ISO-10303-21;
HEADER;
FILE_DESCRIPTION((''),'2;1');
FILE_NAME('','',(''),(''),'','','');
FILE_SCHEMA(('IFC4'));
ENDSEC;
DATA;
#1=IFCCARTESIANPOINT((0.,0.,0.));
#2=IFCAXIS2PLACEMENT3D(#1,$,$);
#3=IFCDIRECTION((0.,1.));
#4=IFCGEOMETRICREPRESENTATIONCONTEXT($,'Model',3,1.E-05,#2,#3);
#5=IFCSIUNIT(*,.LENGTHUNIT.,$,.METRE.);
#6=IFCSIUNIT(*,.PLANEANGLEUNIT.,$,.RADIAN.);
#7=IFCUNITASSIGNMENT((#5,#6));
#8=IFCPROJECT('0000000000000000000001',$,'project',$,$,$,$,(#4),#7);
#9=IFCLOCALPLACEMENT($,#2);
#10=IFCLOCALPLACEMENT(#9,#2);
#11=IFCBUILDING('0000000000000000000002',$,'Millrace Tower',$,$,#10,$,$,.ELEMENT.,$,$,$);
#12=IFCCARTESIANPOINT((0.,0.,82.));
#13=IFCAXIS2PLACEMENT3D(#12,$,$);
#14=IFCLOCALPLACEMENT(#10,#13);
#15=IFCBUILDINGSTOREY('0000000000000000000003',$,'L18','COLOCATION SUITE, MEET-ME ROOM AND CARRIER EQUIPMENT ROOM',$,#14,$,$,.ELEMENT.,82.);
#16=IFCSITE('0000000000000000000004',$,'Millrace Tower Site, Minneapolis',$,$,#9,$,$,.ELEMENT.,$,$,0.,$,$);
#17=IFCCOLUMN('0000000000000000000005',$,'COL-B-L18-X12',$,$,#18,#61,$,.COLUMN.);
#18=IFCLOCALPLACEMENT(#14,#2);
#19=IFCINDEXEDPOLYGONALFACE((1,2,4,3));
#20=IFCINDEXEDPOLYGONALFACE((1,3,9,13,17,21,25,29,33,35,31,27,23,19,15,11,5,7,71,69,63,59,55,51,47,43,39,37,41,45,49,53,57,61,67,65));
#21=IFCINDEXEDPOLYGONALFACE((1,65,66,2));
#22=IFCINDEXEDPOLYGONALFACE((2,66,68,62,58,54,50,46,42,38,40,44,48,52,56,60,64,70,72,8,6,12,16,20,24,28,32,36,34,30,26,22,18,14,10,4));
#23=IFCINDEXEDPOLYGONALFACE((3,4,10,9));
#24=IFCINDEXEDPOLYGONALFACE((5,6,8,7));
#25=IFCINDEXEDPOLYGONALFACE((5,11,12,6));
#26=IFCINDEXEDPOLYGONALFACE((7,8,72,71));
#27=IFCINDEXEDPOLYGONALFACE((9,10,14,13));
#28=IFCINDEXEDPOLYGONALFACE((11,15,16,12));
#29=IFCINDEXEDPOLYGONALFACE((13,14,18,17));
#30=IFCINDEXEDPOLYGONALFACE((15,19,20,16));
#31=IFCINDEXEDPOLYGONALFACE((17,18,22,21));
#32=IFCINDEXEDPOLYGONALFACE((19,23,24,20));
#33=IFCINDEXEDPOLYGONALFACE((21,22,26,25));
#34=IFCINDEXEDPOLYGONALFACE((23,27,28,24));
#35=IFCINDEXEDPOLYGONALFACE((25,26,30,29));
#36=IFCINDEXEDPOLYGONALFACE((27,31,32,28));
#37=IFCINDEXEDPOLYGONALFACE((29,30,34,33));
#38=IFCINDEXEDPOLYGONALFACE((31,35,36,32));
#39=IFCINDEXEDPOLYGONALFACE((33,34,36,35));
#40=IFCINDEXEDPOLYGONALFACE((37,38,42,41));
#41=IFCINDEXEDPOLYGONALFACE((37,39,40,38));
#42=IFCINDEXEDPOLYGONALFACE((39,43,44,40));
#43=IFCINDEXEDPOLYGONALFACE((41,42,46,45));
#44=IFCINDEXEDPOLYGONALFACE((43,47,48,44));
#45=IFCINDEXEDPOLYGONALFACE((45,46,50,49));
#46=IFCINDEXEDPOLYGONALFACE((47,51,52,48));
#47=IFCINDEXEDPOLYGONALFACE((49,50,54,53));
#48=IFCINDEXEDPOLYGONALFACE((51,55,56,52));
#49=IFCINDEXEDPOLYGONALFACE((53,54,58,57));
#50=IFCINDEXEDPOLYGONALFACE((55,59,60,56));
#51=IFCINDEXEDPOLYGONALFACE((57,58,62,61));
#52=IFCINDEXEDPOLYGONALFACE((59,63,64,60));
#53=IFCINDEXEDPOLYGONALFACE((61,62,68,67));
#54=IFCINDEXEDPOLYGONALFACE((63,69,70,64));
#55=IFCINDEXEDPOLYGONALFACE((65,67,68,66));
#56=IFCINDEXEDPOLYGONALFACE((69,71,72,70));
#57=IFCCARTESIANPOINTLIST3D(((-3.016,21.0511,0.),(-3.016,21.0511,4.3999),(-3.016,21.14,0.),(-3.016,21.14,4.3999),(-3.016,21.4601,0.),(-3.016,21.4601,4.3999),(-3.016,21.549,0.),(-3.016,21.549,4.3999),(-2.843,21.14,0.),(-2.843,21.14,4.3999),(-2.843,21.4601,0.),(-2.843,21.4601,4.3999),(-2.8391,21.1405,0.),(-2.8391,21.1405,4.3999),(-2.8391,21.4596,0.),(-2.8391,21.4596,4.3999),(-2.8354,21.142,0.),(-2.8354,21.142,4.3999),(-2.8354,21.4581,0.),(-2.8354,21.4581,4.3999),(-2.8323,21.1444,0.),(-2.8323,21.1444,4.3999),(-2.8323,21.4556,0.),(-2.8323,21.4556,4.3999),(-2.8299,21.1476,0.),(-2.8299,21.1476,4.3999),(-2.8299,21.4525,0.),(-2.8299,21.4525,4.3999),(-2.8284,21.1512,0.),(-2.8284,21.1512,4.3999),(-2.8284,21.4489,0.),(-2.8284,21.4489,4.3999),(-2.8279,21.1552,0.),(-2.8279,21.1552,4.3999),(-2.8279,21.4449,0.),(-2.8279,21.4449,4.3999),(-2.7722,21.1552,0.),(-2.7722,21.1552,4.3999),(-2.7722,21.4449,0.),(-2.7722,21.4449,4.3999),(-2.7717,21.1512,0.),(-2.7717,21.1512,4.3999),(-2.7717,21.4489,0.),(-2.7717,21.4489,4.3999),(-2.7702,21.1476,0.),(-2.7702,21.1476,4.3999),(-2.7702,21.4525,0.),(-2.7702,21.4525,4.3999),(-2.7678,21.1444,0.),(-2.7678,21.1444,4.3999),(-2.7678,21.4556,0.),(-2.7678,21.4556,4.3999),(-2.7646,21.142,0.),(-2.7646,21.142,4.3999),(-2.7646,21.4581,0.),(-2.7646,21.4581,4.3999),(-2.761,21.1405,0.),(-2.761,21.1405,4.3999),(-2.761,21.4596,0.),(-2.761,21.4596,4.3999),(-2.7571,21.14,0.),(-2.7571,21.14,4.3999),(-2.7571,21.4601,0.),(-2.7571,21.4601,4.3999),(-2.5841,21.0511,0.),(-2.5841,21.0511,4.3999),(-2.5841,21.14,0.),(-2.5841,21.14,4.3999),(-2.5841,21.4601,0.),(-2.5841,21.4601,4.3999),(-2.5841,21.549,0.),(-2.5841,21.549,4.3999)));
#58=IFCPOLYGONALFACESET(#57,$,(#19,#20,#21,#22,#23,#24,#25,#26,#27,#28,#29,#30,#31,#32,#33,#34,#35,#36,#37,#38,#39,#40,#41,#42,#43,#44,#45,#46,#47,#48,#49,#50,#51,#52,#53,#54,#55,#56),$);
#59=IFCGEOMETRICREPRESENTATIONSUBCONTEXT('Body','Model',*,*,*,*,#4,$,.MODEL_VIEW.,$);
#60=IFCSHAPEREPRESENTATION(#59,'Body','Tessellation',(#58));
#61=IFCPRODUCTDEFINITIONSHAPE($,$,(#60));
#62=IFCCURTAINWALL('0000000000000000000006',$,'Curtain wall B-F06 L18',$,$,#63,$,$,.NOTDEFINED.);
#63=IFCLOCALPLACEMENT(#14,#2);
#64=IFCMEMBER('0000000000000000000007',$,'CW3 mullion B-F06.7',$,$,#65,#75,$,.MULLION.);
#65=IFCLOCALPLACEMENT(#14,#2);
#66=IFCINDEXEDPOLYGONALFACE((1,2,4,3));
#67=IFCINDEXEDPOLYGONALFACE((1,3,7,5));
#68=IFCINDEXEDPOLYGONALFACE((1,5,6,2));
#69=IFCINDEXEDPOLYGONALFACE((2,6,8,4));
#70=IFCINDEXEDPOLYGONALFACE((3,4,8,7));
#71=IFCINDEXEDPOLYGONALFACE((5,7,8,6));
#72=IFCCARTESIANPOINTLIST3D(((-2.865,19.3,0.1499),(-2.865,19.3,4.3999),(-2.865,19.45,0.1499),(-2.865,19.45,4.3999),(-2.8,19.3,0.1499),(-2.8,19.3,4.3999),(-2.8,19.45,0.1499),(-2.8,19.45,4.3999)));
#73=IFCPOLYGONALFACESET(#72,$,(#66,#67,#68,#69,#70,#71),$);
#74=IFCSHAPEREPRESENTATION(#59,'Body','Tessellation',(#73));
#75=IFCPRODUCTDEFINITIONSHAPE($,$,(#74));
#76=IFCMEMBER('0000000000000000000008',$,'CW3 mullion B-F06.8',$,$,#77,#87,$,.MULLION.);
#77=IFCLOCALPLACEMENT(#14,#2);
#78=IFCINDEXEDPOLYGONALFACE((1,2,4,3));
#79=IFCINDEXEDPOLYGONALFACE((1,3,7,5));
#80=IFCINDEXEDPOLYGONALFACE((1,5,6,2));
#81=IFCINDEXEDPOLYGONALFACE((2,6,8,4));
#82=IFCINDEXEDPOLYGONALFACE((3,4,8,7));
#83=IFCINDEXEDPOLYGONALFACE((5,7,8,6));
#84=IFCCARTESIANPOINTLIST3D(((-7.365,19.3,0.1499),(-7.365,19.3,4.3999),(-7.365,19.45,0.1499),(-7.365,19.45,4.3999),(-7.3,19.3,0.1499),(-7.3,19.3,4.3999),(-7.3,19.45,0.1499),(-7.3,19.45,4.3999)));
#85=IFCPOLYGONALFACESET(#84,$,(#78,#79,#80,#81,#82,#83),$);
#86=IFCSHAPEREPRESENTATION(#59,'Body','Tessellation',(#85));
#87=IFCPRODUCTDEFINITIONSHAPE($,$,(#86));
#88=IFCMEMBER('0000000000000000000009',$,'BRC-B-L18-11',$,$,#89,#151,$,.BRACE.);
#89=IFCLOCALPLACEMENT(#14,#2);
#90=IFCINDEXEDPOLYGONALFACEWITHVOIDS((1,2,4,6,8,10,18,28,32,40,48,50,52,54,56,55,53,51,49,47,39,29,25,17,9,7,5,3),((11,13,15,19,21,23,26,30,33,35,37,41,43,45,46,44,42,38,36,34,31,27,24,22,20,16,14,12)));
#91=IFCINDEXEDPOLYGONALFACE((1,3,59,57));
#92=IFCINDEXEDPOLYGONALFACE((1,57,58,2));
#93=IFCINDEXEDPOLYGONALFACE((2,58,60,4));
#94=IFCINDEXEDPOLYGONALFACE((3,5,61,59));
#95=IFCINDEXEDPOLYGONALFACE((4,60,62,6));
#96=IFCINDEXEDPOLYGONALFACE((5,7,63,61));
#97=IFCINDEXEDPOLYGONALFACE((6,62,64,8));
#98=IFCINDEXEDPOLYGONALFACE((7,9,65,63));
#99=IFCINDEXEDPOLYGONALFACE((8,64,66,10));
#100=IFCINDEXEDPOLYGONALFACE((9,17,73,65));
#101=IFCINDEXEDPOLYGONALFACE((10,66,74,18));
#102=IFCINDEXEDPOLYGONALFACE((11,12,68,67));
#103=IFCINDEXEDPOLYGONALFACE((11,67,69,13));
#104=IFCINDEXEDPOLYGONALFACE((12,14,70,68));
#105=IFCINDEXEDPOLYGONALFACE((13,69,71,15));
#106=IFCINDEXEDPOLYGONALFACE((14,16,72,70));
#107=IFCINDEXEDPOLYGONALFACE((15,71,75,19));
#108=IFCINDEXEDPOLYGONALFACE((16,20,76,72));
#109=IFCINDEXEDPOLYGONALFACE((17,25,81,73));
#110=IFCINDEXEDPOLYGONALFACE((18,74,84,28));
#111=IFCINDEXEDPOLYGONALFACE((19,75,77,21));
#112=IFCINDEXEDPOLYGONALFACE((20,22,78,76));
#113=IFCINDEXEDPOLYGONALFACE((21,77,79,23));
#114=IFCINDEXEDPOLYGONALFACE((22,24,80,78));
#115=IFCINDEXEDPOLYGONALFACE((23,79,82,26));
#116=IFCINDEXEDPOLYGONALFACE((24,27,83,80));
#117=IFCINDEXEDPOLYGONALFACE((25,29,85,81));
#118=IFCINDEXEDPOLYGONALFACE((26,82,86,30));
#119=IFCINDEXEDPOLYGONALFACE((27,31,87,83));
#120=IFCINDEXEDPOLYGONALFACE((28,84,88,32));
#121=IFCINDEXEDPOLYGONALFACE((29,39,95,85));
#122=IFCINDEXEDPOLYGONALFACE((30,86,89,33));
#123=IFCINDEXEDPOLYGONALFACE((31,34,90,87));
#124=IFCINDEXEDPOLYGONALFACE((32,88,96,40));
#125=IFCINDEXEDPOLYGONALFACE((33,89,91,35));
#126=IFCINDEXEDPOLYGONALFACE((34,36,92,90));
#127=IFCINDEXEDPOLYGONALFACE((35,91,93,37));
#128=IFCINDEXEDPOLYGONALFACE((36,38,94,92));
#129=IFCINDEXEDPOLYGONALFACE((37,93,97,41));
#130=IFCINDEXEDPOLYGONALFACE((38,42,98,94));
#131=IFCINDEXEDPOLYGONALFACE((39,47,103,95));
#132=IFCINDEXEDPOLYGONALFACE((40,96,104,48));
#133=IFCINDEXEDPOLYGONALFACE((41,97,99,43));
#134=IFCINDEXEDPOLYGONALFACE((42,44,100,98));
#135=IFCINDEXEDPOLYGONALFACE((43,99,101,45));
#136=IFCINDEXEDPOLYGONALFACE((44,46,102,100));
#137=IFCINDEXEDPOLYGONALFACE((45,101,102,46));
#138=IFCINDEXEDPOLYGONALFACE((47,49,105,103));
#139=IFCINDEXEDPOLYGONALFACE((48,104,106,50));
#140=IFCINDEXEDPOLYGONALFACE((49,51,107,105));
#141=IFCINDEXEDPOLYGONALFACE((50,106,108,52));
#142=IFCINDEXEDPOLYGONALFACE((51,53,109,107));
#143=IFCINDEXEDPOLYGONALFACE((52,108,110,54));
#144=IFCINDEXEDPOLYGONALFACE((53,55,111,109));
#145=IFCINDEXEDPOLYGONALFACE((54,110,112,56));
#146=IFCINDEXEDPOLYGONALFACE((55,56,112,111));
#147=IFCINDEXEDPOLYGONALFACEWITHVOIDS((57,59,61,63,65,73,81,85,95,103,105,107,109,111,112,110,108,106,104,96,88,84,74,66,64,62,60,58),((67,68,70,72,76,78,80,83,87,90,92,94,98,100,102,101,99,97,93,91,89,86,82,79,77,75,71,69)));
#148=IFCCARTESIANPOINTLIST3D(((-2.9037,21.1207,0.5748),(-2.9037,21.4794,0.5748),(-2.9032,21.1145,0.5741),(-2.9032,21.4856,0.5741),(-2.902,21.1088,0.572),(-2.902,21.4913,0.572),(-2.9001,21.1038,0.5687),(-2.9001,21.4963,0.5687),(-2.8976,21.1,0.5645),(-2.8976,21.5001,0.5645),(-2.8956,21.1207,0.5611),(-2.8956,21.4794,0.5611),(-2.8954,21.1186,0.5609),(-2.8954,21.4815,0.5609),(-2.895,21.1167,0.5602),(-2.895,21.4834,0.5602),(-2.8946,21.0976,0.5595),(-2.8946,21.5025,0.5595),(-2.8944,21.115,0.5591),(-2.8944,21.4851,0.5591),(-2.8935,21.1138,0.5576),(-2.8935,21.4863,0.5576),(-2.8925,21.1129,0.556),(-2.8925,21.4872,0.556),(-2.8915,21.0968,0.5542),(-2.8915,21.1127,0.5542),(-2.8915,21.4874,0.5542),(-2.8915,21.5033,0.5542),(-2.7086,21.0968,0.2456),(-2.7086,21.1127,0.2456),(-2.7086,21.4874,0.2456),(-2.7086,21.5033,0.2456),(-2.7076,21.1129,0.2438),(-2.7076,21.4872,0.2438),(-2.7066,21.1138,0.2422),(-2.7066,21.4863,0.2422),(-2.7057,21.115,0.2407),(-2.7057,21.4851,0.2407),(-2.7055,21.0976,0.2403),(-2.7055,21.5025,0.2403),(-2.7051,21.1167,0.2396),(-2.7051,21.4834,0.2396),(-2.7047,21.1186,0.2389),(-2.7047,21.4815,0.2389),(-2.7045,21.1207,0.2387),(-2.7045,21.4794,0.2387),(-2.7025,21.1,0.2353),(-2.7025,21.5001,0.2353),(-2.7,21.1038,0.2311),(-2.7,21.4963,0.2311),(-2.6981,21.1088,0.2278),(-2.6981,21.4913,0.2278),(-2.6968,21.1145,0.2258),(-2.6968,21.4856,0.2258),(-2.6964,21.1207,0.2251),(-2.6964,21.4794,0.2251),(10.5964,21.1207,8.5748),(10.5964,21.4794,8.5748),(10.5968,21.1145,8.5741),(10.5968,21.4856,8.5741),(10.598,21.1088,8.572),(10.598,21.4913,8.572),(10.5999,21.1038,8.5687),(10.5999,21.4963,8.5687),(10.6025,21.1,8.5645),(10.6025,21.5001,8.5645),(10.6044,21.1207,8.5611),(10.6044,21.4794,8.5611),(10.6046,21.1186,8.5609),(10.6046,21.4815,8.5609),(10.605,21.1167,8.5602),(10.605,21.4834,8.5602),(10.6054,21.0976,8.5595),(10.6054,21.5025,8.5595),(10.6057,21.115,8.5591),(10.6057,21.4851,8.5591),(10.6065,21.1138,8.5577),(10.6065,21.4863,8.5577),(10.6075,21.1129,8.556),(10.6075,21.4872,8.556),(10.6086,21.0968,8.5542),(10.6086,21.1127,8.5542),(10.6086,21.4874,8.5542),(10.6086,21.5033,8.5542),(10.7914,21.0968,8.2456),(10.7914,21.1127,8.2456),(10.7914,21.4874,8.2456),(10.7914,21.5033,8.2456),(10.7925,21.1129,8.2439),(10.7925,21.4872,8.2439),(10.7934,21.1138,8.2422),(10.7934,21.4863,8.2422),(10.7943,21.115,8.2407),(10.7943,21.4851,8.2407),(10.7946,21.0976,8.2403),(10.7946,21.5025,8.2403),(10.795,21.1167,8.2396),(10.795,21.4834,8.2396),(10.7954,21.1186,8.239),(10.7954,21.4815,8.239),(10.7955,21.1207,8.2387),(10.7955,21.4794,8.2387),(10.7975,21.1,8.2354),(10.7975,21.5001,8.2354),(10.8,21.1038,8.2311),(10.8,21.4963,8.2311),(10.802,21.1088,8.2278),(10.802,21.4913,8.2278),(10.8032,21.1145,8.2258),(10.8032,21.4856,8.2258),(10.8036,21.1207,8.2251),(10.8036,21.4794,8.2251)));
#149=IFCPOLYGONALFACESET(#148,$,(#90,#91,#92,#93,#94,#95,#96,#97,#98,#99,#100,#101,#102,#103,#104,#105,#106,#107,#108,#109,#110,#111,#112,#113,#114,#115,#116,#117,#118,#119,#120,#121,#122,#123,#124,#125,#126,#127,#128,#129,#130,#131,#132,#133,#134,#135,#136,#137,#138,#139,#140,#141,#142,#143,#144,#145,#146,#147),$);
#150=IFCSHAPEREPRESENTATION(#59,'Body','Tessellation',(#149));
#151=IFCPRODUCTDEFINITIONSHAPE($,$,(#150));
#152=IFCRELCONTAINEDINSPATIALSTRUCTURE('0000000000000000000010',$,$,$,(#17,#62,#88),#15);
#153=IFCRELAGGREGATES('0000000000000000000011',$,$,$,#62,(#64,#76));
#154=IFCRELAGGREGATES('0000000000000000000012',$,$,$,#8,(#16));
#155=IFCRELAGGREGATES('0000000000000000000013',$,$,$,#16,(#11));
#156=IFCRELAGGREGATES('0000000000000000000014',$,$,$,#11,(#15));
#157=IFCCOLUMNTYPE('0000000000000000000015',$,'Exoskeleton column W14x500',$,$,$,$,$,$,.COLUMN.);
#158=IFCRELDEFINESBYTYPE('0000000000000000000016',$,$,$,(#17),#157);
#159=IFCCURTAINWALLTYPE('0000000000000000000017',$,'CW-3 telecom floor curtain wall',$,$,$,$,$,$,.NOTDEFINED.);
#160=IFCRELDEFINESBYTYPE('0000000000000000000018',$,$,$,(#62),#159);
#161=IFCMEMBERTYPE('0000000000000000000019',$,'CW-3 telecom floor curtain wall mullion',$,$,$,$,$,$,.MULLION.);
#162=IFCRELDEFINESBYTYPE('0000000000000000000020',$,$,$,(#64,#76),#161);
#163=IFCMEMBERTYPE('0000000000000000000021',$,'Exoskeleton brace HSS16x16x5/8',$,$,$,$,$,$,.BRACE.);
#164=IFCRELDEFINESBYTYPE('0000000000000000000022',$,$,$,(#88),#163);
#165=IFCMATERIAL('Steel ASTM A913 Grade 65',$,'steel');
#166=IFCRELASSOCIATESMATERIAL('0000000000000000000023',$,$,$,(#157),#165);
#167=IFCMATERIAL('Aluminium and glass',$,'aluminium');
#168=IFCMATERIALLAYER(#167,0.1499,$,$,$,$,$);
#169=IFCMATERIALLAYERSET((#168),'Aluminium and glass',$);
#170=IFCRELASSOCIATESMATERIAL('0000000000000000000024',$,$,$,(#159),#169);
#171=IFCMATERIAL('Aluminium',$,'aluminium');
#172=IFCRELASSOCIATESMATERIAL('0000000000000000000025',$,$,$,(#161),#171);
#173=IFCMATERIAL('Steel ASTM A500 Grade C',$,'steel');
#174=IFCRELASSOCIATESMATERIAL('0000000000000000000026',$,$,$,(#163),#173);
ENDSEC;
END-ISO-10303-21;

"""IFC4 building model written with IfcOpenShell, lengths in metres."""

from ifc_helpers import new_model, si_unit, direction, frame, origin, origin_2d, place, context, subcontext, project, spatial, rectangle, hollow_rectangle, i_section, extrude, material, layer, layer_set, material_profile, profile_set, type_object, element, aggregate, save


model = new_model("IFC4")

# Units and contexts
model_context = context("Model", 3, precision=1e-05, world=origin(), true_north=direction((0.0, 1.0)))
body_context = subcontext(model_context, "Body", "Model", "MODEL_VIEW")
ifc_project = project(units=[si_unit("LENGTHUNIT", "METRE"), si_unit("PLANEANGLEUNIT", "RADIAN")], contexts=[model_context])

# Site, building, storey
site_placement = place(None, origin())
site = spatial("IfcSite", under=ifc_project, at=site_placement, Name="Millrace Tower Site, Minneapolis", CompositionType="ELEMENT", RefElevation=0.0)
building_placement = place(site_placement, origin())
building = spatial("IfcBuilding", under=site, at=building_placement, Name="Millrace Tower", CompositionType="ELEMENT")
storey_placement = place(building_placement, frame((0.0, 0.0, 82.0)))
storey = spatial("IfcBuildingStorey", under=building, at=storey_placement, Name="L18", Description="COLOCATION SUITE, MEET-ME ROOM AND CARRIER EQUIPMENT ROOM", CompositionType="ELEMENT", Elevation=82.0)

# Column
ifc_material_1 = material(Name="Steel ASTM A913 Grade 65", Category="steel")
ifc_material_profile_1 = material_profile(ifc_material_1, i_section(OverallWidth=0.4319, OverallDepth=0.4978, WebThickness=0.0557, FlangeThickness=0.0889, FilletRadius=0.0151, at=origin_2d()))
ifc_profile_set_1 = profile_set([ifc_material_profile_1], Name="Steel ASTM A913 Grade 65")
column_type = type_object("IfcColumnType", Name="Exoskeleton column W14x500", PredefinedType="COLUMN", material=ifc_profile_set_1)
column_placement = place(storey_placement, frame((-2.8, 21.3, 0.0), z_axis=(0.0, 0.0, 1.0), x_axis=(-1.0, 0.0, 0.0)))
element("IfcColumn", 1, at=column_placement, inside=storey, type_object=column_type, Name="COL-B-L18-X12", PredefinedType="COLUMN", context=body_context, shape_type="SweptSolid", body=[
    extrude(i_section(OverallWidth=0.4319, OverallDepth=0.4978, WebThickness=0.0557, FlangeThickness=0.0889, FilletRadius=0.0151, at=origin_2d()), origin(), (0.0, 0.0, 1.0), 4.3999),
])

# Curtain wall, members
ifc_material_2 = material(Name="Aluminium and glass", Category="aluminium")
ifc_layer_1 = layer(ifc_material_2, 0.1499)
ifc_layer_set_1 = layer_set([ifc_layer_1], Name="Aluminium and glass")
curtain_wall_type = type_object("IfcCurtainWallType", Name="CW-3 telecom floor curtain wall", PredefinedType="NOTDEFINED", material=ifc_layer_set_1)
placement = place(storey_placement, origin())
curtain_wall = element("IfcCurtainWall", 2, at=placement, inside=storey, type_object=curtain_wall_type, Name="Curtain wall B-F06 L18", PredefinedType="NOTDEFINED")
ifc_material_3 = material(Name="Aluminium", Category="aluminium")
ifc_material_profile_2 = material_profile(ifc_material_3, rectangle(XDim=0.0649, YDim=0.1499, at=origin_2d()))
ifc_profile_set_2 = profile_set([ifc_material_profile_2], Name="Aluminium")
member_type_1 = type_object("IfcMemberType", Name="CW-3 telecom floor curtain wall mullion", PredefinedType="MULLION", material=ifc_profile_set_2)
member_1_placement = place(storey_placement, frame((-2.8325, 19.375, 0.1499), z_axis=(0.0, 0.0, 1.0), x_axis=(-1.0, 0.0, 0.0)))
member_1 = element("IfcMember", 3, at=member_1_placement, type_object=member_type_1, Name="CW3 mullion B-F06.7", PredefinedType="MULLION", context=body_context, shape_type="SweptSolid", body=[
    extrude(rectangle(XDim=0.0649, YDim=0.1499, at=origin_2d()), origin(), (0.0, 0.0, 1.0), 4.25),
])
member_2_placement = place(storey_placement, frame((-7.3325, 19.375, 0.1499), z_axis=(0.0, 0.0, 1.0), x_axis=(-1.0, 0.0, 0.0)))
member_2 = element("IfcMember", 4, at=member_2_placement, type_object=member_type_1, Name="CW3 mullion B-F06.8", PredefinedType="MULLION", context=body_context, shape_type="SweptSolid", body=[
    extrude(rectangle(XDim=0.0649, YDim=0.1499, at=origin_2d()), origin(), (0.0, 0.0, 1.0), 4.25),
])
aggregate(curtain_wall, [member_1, member_2])

# Member
ifc_material_4 = material(Name="Steel ASTM A500 Grade C", Category="steel")
ifc_material_profile_3 = material_profile(ifc_material_4, hollow_rectangle(XDim=0.4065, YDim=0.4065, WallThickness=0.0159, InnerFilletRadius=0.0081, OuterFilletRadius=0.0239, at=origin_2d()))
ifc_profile_set_3 = profile_set([ifc_material_profile_3], Name="Steel ASTM A500 Grade C")
member_type_2 = type_object("IfcMemberType", Name="Exoskeleton brace HSS16x16x5/8", PredefinedType="BRACE", material=ifc_profile_set_3)
member_3_placement = place(storey_placement, frame((-2.8, 21.3, 0.3999), z_axis=(0.860292, 0.0, 0.509802), x_axis=(0.0, 1.0, 0.0)))
element("IfcMember", 5, at=member_3_placement, inside=storey, type_object=member_type_2, Name="BRC-B-L18-11", PredefinedType="BRACE", context=body_context, shape_type="SweptSolid", body=[
    extrude(hollow_rectangle(XDim=0.4065, YDim=0.4065, WallThickness=0.0159, InnerFilletRadius=0.0081, OuterFilletRadius=0.0239, at=origin_2d()), origin(), (0.0, 0.0, 1.0), 15.6924),
])

save(model, "model.ifc")
